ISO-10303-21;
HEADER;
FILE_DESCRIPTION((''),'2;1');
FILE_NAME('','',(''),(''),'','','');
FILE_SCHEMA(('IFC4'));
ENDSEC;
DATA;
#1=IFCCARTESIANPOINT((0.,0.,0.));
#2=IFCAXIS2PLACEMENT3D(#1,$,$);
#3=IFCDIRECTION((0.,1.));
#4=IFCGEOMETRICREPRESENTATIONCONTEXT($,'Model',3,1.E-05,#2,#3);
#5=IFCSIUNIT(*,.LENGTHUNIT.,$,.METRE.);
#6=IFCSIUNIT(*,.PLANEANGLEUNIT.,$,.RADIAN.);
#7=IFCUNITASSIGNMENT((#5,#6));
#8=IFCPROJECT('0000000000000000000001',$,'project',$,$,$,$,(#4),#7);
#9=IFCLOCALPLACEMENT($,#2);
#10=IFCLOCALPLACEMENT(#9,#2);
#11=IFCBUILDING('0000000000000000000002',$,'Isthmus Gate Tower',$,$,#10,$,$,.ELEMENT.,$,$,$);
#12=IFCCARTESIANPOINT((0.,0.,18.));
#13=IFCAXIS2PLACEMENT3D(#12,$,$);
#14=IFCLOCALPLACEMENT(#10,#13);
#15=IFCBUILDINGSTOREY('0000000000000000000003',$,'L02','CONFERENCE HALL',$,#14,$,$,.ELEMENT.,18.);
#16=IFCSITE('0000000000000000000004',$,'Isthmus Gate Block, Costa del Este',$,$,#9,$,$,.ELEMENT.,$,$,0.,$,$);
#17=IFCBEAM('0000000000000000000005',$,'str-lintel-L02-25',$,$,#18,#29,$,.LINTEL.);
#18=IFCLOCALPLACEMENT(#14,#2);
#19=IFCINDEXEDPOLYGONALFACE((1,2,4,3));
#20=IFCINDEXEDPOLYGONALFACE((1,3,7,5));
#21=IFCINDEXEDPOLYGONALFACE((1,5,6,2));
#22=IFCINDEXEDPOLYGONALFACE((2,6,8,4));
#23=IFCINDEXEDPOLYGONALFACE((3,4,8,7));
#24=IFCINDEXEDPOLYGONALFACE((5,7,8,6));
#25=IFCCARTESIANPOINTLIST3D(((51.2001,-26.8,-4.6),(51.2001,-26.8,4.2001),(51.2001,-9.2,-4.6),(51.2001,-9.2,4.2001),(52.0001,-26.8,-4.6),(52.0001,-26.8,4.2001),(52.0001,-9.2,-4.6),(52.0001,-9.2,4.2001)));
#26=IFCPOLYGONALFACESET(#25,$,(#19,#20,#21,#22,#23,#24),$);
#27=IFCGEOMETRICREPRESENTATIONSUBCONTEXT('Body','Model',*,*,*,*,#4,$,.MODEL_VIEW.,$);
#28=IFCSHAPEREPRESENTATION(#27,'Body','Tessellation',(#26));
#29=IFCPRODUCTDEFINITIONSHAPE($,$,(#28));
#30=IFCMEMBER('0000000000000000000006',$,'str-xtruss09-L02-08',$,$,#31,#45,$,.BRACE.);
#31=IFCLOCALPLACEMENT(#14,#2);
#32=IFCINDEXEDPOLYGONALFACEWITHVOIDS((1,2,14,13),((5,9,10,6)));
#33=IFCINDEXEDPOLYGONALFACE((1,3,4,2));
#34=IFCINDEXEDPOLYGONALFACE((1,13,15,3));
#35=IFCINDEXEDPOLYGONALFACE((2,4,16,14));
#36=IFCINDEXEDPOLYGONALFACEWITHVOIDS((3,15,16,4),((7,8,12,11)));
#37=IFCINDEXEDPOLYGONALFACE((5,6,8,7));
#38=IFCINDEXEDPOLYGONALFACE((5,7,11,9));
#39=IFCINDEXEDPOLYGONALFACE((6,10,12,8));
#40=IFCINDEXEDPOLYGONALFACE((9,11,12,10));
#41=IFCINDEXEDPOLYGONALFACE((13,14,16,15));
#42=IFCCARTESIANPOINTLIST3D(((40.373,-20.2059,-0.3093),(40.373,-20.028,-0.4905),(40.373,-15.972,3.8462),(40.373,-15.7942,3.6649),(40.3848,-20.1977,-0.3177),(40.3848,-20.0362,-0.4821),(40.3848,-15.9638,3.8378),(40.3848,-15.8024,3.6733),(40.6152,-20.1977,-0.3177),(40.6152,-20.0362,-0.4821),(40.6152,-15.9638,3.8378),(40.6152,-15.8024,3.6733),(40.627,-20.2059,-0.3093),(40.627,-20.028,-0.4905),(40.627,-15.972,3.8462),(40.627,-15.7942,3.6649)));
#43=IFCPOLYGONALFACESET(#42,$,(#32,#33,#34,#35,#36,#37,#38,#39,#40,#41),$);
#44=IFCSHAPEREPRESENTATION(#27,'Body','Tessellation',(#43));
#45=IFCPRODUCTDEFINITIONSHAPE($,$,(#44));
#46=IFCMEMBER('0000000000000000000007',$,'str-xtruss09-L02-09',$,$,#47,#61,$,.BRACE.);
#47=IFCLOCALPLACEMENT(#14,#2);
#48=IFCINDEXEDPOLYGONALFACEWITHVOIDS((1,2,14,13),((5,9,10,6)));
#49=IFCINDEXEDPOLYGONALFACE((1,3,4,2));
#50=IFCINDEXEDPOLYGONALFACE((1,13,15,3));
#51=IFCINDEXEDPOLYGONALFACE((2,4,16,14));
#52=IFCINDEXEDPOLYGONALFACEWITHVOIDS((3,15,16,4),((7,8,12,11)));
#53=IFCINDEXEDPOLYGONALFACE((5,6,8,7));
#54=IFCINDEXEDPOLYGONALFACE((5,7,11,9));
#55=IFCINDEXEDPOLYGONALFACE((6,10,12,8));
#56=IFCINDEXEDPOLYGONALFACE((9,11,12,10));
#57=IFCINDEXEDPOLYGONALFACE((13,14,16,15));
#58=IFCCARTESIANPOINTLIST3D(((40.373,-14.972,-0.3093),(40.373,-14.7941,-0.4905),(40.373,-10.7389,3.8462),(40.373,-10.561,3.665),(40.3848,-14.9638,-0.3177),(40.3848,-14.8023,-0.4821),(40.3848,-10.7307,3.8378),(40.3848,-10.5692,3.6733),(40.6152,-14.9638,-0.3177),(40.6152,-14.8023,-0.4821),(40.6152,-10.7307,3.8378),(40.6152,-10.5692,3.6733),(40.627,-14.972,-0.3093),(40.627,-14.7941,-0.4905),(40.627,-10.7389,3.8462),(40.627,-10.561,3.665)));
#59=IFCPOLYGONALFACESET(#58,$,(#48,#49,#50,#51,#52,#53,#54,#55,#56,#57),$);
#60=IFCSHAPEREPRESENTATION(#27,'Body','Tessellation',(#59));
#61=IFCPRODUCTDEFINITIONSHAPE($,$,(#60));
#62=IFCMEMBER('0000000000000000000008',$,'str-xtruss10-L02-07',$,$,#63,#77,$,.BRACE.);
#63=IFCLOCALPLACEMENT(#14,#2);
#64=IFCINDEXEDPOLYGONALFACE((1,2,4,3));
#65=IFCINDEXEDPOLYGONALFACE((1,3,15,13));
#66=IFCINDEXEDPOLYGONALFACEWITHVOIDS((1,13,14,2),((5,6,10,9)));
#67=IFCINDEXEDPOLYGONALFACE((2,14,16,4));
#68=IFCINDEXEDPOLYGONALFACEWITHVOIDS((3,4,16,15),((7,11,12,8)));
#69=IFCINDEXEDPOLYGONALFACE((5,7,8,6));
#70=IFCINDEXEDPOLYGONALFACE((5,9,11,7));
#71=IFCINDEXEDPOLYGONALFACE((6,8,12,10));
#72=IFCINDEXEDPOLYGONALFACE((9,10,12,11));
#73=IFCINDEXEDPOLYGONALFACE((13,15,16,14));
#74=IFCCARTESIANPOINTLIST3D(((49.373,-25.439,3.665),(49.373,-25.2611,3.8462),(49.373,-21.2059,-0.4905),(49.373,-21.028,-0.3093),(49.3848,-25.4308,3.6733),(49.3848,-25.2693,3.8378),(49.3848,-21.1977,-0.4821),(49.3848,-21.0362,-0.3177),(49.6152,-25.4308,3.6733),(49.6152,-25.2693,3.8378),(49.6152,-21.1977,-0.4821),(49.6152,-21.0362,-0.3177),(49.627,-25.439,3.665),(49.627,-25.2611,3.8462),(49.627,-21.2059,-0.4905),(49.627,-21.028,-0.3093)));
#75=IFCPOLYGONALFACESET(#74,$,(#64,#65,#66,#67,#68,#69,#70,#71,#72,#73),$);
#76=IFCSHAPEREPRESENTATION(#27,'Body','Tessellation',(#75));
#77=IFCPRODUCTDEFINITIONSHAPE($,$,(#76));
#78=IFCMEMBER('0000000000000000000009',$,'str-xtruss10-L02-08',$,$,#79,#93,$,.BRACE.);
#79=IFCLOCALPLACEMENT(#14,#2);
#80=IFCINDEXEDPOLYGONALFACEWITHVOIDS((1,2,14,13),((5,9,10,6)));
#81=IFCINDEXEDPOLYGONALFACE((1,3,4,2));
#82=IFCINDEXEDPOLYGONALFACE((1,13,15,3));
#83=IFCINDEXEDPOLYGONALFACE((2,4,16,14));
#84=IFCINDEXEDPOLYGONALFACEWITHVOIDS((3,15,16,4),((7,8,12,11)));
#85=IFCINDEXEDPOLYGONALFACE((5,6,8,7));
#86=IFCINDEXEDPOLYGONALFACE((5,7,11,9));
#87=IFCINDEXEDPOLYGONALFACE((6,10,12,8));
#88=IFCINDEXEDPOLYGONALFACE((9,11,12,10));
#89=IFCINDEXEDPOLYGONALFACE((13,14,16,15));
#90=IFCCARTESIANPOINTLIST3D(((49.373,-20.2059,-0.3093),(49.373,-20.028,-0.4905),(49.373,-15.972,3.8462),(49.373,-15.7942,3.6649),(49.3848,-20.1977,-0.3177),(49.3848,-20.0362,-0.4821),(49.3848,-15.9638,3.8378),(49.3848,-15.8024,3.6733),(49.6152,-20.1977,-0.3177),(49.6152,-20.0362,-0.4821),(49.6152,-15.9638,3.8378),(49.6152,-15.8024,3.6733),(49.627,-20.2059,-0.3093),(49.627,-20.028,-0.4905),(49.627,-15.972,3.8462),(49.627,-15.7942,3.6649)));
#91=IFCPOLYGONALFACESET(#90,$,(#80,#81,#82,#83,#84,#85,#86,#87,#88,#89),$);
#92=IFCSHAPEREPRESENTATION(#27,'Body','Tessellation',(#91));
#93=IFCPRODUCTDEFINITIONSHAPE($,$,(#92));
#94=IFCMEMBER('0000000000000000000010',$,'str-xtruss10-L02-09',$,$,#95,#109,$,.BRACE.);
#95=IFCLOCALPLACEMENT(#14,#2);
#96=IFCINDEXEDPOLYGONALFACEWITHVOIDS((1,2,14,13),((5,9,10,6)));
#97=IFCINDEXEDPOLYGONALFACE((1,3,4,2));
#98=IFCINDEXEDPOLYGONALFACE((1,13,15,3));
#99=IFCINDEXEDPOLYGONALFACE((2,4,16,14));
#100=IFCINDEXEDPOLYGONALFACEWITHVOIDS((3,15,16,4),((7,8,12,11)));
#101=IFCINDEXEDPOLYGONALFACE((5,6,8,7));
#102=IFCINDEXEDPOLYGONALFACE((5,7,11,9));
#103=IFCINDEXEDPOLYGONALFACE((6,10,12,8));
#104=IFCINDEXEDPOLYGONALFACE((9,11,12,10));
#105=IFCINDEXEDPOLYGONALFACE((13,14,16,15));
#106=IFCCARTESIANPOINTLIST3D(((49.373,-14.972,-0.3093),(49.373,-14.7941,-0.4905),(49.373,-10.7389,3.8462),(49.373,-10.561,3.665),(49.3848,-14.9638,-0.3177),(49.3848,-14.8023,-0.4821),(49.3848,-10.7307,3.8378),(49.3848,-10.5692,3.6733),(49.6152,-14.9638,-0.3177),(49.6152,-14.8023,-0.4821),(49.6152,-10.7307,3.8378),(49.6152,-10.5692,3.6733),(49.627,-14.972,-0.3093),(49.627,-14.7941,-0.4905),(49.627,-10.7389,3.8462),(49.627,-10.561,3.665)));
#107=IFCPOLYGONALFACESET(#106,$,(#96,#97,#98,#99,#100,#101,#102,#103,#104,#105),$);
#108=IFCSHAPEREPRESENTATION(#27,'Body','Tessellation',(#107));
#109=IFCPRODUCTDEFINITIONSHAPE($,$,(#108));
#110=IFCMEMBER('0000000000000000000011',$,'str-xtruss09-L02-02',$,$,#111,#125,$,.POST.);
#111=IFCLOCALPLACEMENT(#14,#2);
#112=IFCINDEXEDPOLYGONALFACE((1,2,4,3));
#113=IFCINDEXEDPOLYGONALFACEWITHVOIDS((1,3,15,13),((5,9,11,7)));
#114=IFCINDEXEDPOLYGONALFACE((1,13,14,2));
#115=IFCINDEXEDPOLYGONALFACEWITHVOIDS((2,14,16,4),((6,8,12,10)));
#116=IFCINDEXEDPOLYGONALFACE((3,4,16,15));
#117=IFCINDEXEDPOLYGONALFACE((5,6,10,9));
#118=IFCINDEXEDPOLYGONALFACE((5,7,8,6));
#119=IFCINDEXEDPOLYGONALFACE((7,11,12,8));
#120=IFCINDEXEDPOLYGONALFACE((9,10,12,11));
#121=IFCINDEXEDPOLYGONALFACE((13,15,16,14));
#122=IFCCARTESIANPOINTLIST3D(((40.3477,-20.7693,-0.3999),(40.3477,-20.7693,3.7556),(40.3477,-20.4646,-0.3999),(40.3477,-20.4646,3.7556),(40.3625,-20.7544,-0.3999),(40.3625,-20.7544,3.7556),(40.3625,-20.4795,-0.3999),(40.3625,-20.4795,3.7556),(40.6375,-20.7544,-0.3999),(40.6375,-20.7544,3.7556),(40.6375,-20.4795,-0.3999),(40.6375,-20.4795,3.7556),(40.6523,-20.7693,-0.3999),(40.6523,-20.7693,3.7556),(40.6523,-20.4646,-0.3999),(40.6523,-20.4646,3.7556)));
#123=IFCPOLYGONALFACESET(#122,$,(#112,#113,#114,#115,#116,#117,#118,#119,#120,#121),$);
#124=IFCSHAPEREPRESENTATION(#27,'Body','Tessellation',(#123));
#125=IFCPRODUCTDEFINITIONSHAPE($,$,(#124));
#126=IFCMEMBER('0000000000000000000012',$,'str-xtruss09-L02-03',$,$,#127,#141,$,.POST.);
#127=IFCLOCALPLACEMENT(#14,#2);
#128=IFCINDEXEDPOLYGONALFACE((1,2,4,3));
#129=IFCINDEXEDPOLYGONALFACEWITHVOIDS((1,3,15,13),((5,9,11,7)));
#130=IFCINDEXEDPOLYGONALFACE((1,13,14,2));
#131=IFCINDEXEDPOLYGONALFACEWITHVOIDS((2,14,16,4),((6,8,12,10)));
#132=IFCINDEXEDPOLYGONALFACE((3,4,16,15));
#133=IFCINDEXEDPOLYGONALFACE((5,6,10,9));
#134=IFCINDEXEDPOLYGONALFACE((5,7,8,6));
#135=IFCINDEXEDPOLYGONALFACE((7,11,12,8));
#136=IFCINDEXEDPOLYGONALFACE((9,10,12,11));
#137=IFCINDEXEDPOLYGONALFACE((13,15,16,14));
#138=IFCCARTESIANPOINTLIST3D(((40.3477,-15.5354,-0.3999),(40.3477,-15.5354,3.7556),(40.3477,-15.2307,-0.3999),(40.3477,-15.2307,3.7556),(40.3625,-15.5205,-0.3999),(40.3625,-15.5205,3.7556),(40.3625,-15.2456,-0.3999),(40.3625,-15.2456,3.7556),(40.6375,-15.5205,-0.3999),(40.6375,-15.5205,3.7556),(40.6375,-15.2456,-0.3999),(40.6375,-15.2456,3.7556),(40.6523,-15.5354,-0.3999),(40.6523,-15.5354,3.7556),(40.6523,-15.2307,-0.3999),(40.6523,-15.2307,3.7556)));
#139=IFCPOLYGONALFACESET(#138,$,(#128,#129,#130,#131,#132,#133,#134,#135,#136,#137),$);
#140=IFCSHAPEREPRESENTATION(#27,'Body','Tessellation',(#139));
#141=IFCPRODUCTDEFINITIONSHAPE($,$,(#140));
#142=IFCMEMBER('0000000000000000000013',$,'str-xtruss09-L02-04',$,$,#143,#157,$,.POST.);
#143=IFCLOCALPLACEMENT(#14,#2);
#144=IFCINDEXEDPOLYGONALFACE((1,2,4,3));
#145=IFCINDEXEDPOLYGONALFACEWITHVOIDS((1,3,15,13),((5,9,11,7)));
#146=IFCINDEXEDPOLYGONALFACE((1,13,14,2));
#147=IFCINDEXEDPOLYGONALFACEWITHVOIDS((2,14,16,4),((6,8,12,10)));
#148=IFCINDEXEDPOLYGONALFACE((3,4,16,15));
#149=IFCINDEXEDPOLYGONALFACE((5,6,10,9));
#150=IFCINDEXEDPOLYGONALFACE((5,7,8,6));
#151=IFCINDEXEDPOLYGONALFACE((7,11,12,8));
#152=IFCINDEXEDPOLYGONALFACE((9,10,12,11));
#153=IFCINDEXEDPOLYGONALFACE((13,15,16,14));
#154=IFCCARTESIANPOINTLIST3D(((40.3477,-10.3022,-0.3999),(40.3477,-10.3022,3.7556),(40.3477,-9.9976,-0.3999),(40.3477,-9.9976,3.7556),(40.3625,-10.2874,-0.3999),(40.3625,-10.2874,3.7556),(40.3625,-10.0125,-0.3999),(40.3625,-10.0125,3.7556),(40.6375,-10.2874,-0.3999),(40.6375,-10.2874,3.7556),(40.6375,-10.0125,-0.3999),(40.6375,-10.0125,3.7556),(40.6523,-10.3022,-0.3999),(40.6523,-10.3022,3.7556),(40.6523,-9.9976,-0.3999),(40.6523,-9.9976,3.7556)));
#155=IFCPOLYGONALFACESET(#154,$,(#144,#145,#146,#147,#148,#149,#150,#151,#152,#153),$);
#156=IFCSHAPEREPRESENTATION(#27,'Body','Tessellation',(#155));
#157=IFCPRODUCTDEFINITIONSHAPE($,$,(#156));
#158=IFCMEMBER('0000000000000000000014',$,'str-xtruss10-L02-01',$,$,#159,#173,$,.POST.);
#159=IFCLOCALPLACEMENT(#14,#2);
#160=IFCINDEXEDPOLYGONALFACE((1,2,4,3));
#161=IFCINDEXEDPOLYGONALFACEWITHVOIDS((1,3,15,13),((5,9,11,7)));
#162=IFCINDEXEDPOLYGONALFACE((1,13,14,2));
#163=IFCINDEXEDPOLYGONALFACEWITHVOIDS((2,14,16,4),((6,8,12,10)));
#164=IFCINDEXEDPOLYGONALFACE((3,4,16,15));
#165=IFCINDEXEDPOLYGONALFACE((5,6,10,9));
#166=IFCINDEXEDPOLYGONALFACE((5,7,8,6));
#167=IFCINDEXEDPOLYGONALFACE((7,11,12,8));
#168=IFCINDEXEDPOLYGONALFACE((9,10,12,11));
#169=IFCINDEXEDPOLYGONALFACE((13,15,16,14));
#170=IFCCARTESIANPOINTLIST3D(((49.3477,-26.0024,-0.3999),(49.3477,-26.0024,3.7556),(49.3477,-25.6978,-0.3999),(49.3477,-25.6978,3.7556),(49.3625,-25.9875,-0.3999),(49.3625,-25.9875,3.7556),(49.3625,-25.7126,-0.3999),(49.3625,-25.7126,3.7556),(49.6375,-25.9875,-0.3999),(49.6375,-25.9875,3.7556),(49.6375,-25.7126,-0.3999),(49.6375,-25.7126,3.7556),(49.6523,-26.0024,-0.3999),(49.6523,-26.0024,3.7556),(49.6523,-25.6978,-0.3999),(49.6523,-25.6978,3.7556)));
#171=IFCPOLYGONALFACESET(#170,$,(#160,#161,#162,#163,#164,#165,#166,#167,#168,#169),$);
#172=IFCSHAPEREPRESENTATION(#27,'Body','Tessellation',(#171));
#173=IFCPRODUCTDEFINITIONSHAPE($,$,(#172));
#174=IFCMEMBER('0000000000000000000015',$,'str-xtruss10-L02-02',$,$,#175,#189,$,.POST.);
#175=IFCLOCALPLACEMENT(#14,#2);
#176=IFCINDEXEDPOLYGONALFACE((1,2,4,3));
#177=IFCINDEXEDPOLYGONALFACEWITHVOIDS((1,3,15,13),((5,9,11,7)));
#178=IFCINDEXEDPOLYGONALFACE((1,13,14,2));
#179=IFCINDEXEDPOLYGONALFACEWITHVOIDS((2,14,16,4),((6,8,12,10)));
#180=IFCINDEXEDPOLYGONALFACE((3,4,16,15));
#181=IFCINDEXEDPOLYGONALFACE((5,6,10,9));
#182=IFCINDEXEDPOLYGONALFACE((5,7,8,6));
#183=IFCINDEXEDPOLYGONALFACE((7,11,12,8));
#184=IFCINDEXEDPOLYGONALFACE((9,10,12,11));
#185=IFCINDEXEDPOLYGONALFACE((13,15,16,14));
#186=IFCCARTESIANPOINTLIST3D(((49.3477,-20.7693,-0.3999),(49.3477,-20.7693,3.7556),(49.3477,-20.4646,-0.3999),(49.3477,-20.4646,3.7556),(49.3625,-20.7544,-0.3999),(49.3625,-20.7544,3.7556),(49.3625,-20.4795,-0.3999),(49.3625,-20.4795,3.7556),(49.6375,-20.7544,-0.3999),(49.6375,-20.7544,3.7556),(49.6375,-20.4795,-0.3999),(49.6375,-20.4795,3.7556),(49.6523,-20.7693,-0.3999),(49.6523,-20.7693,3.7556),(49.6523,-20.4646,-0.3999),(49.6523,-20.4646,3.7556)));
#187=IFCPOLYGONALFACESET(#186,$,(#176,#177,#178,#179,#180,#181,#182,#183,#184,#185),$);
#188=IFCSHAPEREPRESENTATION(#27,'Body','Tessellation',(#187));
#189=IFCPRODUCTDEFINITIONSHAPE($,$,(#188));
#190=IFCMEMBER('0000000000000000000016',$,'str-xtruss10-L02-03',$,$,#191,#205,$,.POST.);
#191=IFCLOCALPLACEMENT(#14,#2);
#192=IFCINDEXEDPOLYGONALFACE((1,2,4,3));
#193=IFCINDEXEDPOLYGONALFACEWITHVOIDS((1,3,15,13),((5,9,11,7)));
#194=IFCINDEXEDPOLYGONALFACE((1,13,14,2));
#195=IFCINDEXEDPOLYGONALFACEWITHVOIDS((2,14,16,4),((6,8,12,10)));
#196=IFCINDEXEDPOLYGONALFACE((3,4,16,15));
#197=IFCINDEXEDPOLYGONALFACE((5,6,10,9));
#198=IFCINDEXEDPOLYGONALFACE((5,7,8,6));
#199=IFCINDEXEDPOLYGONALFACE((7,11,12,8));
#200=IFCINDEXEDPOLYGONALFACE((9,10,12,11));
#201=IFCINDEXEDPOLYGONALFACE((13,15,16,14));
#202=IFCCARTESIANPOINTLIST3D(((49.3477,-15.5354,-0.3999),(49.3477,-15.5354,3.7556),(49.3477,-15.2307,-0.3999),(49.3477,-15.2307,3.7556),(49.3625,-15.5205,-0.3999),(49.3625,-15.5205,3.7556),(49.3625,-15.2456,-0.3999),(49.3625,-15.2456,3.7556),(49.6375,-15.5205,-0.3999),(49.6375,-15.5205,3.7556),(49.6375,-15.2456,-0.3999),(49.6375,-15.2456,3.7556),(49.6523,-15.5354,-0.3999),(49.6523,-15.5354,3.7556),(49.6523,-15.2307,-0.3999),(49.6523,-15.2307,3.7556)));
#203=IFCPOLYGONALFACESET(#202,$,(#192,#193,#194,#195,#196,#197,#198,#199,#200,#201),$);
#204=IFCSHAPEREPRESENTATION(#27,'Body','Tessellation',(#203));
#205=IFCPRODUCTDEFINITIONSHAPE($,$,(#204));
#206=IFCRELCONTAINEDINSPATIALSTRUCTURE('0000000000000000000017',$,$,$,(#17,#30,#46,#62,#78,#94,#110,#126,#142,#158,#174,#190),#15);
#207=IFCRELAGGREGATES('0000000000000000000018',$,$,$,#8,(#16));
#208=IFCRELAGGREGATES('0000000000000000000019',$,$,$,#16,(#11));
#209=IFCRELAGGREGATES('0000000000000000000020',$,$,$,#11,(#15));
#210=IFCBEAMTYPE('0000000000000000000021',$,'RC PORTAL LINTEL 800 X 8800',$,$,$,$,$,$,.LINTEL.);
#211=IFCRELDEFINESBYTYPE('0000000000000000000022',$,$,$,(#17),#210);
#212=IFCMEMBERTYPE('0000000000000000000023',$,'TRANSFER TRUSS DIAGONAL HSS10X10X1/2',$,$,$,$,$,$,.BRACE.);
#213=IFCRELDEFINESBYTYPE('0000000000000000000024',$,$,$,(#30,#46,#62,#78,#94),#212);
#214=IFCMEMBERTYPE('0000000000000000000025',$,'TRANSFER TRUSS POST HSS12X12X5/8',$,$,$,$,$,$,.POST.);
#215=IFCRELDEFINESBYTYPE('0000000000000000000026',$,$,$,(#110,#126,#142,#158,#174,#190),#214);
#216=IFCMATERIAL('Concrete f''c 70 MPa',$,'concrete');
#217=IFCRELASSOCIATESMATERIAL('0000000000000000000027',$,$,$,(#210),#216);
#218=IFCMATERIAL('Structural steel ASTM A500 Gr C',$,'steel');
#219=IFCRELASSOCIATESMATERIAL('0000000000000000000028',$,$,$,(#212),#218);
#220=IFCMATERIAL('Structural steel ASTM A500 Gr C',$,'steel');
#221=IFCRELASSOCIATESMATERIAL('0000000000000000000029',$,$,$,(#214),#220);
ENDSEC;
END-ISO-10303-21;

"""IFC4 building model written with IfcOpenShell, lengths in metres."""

from ifc_helpers import new_model, si_unit, direction, frame, origin, origin_2d, place, context, subcontext, project, spatial, rectangle, hollow_rectangle, extrude, material, material_profile, profile_set, type_object, element, save


model = new_model("IFC4")

# Units and contexts
model_context = context("Model", 3, precision=1e-05, world=origin(), true_north=direction((0.0, 1.0)))
body_context = subcontext(model_context, "Body", "Model", "MODEL_VIEW")
ifc_project = project(units=[si_unit("LENGTHUNIT", "METRE"), si_unit("PLANEANGLEUNIT", "RADIAN")], contexts=[model_context])

# Site, building, storey
site_placement = place(None, origin())
site = spatial("IfcSite", under=ifc_project, at=site_placement, Name="Isthmus Gate Block, Costa del Este", CompositionType="ELEMENT", RefElevation=0.0)
building_placement = place(site_placement, origin())
building = spatial("IfcBuilding", under=site, at=building_placement, Name="Isthmus Gate Tower", CompositionType="ELEMENT")
storey_placement = place(building_placement, frame((0.0, 0.0, 18.0)))
storey = spatial("IfcBuildingStorey", under=building, at=storey_placement, Name="L02", Description="CONFERENCE HALL", CompositionType="ELEMENT", Elevation=18.0)

# Beam
ifc_material_1 = material(Name="Concrete f'c 70 MPa", Category="concrete")
ifc_material_profile_1 = material_profile(ifc_material_1, rectangle(XDim=0.8, YDim=8.8, at=origin_2d()), Name="RC 800X8800")
ifc_profile_set_1 = profile_set([ifc_material_profile_1], Name="Concrete f'c 70 MPa")
beam_type = type_object("IfcBeamType", Name="RC PORTAL LINTEL 800 X 8800", PredefinedType="LINTEL", material=ifc_profile_set_1)
beam_placement = place(storey_placement, frame((51.6001, -9.2, -0.2), z_axis=(0.0, -1.0, 0.0), x_axis=(1.0, 0.0, 0.0)))
element("IfcBeam", 1, at=beam_placement, inside=storey, type_object=beam_type, Name="str-lintel-L02-25", PredefinedType="LINTEL", context=body_context, shape_type="SweptSolid", body=[
    extrude(rectangle(XDim=0.8, YDim=8.8, at=origin_2d()), origin(), (0.0, 0.0, 1.0), 17.6001),
])

# Members
ifc_material_2 = material(Name="Structural steel ASTM A500 Gr C", Category="steel")
ifc_material_profile_2 = material_profile(ifc_material_2, hollow_rectangle(XDim=0.2539, YDim=0.2539, WallThickness=0.0117, at=origin_2d()), Name="HSS10X10X1/2")
ifc_profile_set_2 = profile_set([ifc_material_profile_2], Name="Structural steel ASTM A500 Gr C")
member_type_1 = type_object("IfcMemberType", Name="TRANSFER TRUSS DIAGONAL HSS10X10X1/2", PredefinedType="BRACE", material=ifc_profile_set_2)
member_1_placement = place(storey_placement, frame((40.5, -20.1169, -0.3999), z_axis=(0.0, 0.713681, 0.700471), x_axis=(-1.0, 0.0, 0.0)))
element("IfcMember", 2, at=member_1_placement, inside=storey, type_object=member_type_1, Name="str-xtruss09-L02-08", PredefinedType="BRACE", context=body_context, shape_type="SweptSolid", body=[
    extrude(hollow_rectangle(XDim=0.2539, YDim=0.2539, WallThickness=0.0117, at=origin_2d()), origin(), (0.0, 0.0, 1.0), 5.9324),
])
for number, where, z_axis, x_axis, name in (
    (3, (40.5, -14.8831, -0.3999), (0.0, 0.71362, 0.700533), (-1.0, 0.0, 0.0), "str-xtruss09-L02-09"),
    (4, (49.5, -21.1169, -0.3999), (0.0, -0.71362, 0.700533), (1.0, 0.0, 0.0), "str-xtruss10-L02-07"),
):
    element("IfcMember", number, at=place(storey_placement, frame(where, z_axis=z_axis, x_axis=x_axis)), inside=storey, type_object=member_type_1, Name=name, PredefinedType="BRACE", context=body_context, shape_type="SweptSolid", body=[
        extrude(hollow_rectangle(XDim=0.2539, YDim=0.2539, WallThickness=0.0117, at=origin_2d()), origin(), (0.0, 0.0, 1.0), 5.9319),
    ])
member_2_placement = place(storey_placement, frame((49.5, -20.1169, -0.3999), z_axis=(0.0, 0.713681, 0.700471), x_axis=(-1.0, 0.0, 0.0)))
element("IfcMember", 5, at=member_2_placement, inside=storey, type_object=member_type_1, Name="str-xtruss10-L02-08", PredefinedType="BRACE", context=body_context, shape_type="SweptSolid", body=[
    extrude(hollow_rectangle(XDim=0.2539, YDim=0.2539, WallThickness=0.0117, at=origin_2d()), origin(), (0.0, 0.0, 1.0), 5.9324),
])
member_3_placement = place(storey_placement, frame((49.5, -14.8831, -0.3999), z_axis=(0.0, 0.71362, 0.700533), x_axis=(-1.0, 0.0, 0.0)))
element("IfcMember", 6, at=member_3_placement, inside=storey, type_object=member_type_1, Name="str-xtruss10-L02-09", PredefinedType="BRACE", context=body_context, shape_type="SweptSolid", body=[
    extrude(hollow_rectangle(XDim=0.2539, YDim=0.2539, WallThickness=0.0117, at=origin_2d()), origin(), (0.0, 0.0, 1.0), 5.9319),
])
ifc_material_3 = material(Name="Structural steel ASTM A500 Gr C", Category="steel")
ifc_material_profile_3 = material_profile(ifc_material_3, hollow_rectangle(XDim=0.3047, YDim=0.3047, WallThickness=0.0149, at=origin_2d()), Name="HSS12X12X5/8")
ifc_profile_set_3 = profile_set([ifc_material_profile_3], Name="Structural steel ASTM A500 Gr C")
member_type_2 = type_object("IfcMemberType", Name="TRANSFER TRUSS POST HSS12X12X5/8", PredefinedType="POST", material=ifc_profile_set_3)
for number, where, z_axis, x_axis, name in (
    (7, (40.5, -20.6169, -0.3999), (0.0, 0.0, 1.0), (1.0, 0.0, 0.0), "str-xtruss09-L02-02"),
    (8, (40.5, -15.3831, -0.3999), (0.0, 0.0, 1.0), (1.0, 0.0, 0.0), "str-xtruss09-L02-03"),
    (9, (40.5, -10.1499, -0.3999), (0.0, 0.0, 1.0), (1.0, 0.0, 0.0), "str-xtruss09-L02-04"),
    (10, (49.5, -25.8501, -0.3999), (0.0, 0.0, 1.0), (1.0, 0.0, 0.0), "str-xtruss10-L02-01"),
    (11, (49.5, -20.6169, -0.3999), (0.0, 0.0, 1.0), (1.0, 0.0, 0.0), "str-xtruss10-L02-02"),
    (12, (49.5, -15.3831, -0.3999), (0.0, 0.0, 1.0), (1.0, 0.0, 0.0), "str-xtruss10-L02-03"),
):
    element("IfcMember", number, at=place(storey_placement, frame(where, z_axis=z_axis, x_axis=x_axis)), inside=storey, type_object=member_type_2, Name=name, PredefinedType="POST", context=body_context, shape_type="SweptSolid", body=[
        extrude(hollow_rectangle(XDim=0.3047, YDim=0.3047, WallThickness=0.0149, at=origin_2d()), origin(), (0.0, 0.0, 1.0), 4.1555),
    ])

save(model, "model.ifc")
